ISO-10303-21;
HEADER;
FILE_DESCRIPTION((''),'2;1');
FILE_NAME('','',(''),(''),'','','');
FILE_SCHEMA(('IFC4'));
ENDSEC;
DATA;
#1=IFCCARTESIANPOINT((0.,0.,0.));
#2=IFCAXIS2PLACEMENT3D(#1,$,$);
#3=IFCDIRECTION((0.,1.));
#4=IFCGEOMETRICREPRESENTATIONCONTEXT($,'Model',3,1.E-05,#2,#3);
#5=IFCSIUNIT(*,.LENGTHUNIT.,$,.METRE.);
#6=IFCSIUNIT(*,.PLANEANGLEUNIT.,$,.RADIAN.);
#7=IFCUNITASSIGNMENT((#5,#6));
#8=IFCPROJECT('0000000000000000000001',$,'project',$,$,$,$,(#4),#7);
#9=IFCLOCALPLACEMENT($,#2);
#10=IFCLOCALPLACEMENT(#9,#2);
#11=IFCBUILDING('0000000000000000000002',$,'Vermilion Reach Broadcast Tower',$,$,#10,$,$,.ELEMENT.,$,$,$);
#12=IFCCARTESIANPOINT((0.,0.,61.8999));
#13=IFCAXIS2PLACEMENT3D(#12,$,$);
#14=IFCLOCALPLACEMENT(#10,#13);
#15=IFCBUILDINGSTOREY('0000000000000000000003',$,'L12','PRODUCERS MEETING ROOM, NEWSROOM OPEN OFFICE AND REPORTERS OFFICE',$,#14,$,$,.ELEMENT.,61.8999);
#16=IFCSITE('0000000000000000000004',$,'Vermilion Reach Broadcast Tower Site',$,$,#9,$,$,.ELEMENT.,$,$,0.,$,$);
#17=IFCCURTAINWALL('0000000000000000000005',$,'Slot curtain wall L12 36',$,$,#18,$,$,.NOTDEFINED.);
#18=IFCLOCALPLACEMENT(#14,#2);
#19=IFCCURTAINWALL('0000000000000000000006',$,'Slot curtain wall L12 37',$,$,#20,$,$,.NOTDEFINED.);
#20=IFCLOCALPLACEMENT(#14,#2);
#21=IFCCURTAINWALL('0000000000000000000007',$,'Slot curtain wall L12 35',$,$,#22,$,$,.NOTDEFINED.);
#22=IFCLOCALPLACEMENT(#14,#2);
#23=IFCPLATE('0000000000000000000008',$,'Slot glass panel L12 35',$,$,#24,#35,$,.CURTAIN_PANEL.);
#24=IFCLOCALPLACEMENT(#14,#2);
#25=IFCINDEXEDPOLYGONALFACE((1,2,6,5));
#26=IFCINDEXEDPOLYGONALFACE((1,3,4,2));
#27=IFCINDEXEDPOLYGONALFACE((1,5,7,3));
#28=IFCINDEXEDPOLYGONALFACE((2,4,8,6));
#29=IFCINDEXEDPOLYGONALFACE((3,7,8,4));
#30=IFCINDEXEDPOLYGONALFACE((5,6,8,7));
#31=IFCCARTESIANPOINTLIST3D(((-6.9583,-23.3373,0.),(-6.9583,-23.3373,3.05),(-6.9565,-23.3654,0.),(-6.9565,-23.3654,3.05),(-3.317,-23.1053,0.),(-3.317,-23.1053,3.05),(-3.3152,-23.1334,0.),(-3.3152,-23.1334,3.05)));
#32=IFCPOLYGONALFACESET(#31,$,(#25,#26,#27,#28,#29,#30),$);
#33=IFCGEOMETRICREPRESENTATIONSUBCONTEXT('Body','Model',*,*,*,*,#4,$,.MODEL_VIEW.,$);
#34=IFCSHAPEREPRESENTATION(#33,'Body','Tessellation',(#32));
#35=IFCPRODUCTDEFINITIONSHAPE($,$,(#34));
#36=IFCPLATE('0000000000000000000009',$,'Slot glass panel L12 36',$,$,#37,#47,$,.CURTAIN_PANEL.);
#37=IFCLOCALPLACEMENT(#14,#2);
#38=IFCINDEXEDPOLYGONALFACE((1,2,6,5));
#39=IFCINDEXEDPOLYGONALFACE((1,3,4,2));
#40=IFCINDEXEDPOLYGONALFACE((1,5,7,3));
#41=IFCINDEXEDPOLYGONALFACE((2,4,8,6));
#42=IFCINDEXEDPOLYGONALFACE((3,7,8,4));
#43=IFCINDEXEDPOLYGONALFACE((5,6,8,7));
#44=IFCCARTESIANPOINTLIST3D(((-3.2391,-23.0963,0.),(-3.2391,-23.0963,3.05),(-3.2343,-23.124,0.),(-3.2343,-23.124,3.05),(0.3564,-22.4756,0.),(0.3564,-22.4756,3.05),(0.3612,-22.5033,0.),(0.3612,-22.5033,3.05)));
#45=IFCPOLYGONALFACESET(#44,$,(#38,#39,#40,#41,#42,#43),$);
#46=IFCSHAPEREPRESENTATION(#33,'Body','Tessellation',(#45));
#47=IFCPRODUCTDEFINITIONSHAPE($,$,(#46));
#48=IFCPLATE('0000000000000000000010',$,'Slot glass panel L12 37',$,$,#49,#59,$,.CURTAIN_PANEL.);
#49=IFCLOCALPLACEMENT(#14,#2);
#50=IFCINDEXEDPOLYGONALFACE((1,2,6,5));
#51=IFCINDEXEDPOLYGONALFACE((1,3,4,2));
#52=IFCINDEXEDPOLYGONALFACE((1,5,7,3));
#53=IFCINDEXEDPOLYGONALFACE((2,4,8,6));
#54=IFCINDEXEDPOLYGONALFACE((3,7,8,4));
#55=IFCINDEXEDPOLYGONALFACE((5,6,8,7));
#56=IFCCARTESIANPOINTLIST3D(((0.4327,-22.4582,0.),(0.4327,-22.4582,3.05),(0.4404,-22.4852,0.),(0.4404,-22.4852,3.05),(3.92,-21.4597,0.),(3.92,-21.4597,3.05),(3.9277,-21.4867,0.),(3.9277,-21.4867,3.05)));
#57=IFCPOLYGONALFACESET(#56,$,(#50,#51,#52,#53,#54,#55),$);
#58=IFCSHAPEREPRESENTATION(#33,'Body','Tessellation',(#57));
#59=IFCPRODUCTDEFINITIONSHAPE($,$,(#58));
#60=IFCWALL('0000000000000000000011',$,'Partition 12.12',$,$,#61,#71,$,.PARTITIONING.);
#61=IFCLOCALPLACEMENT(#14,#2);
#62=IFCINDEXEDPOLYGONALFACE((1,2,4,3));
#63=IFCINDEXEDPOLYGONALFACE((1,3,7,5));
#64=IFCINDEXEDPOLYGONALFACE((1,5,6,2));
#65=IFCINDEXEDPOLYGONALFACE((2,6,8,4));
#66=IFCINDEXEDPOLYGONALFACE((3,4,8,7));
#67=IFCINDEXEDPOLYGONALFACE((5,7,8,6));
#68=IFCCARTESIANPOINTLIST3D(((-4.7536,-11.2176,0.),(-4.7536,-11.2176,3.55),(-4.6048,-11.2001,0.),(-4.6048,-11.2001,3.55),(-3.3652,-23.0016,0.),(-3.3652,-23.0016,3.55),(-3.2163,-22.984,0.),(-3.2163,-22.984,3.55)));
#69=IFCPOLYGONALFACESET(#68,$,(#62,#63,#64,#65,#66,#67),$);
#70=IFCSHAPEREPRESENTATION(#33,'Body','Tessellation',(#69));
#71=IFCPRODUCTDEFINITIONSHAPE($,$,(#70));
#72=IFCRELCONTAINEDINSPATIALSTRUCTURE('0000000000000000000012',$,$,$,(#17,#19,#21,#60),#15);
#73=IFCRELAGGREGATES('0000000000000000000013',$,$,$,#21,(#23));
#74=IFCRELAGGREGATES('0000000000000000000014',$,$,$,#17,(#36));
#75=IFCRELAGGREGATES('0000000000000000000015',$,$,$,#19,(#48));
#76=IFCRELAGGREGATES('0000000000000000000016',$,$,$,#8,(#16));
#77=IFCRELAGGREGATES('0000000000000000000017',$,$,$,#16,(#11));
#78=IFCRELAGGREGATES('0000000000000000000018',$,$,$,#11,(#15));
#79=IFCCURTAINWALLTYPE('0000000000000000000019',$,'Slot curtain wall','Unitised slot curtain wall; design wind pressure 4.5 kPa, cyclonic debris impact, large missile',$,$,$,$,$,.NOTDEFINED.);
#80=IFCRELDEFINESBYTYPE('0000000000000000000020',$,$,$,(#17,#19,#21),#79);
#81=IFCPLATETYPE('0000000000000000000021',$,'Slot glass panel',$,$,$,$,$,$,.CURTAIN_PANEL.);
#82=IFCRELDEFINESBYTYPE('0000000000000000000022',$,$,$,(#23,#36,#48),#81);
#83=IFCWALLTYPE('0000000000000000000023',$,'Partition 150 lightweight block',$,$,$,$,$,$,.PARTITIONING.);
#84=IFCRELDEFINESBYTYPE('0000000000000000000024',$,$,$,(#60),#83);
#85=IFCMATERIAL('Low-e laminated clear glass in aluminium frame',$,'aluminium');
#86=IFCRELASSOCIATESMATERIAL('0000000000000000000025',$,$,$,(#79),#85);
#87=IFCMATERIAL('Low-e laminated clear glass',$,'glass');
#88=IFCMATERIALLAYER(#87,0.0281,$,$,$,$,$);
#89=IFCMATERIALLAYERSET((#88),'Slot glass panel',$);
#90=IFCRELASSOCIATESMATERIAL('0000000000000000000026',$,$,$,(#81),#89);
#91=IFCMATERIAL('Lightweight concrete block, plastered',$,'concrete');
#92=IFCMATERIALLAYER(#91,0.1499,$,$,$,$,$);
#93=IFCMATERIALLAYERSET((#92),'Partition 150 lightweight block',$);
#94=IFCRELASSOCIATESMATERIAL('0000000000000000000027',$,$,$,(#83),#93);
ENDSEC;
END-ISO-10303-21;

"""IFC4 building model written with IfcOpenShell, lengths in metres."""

from ifc_helpers import new_model, si_unit, direction, frame, frame_2d, origin, origin_2d, place, context, subcontext, project, spatial, rectangle, extrude, material, layer, layer_set, type_object, element, aggregate, save


model = new_model("IFC4")

# Units and contexts
model_context = context("Model", 3, precision=1e-05, world=origin(), true_north=direction((0.0, 1.0)))
body_context = subcontext(model_context, "Body", "Model", "MODEL_VIEW")
ifc_project = project(units=[si_unit("LENGTHUNIT", "METRE"), si_unit("PLANEANGLEUNIT", "RADIAN")], contexts=[model_context])

# Site, building, storey
site_placement = place(None, origin())
site = spatial("IfcSite", under=ifc_project, at=site_placement, Name="Vermilion Reach Broadcast Tower Site", CompositionType="ELEMENT", RefElevation=0.0)
building_placement = place(site_placement, origin())
building = spatial("IfcBuilding", under=site, at=building_placement, Name="Vermilion Reach Broadcast Tower", CompositionType="ELEMENT")
storey_placement = place(building_placement, frame((0.0, 0.0, 61.8999)))
storey = spatial("IfcBuildingStorey", under=building, at=storey_placement, Name="L12", Description="PRODUCERS MEETING ROOM, NEWSROOM OPEN OFFICE AND REPORTERS OFFICE", CompositionType="ELEMENT", Elevation=61.8999)

# Curtain wall
ifc_material_1 = material(Name="Low-e laminated clear glass in aluminium frame", Category="aluminium")
curtain_wall_type = type_object("IfcCurtainWallType", Name="Slot curtain wall", Description="Unitised slot curtain wall; design wind pressure 4.5 kPa, cyclonic debris impact, large missile", PredefinedType="NOTDEFINED", material=ifc_material_1)
placement = place(storey_placement, origin())
curtain_wall_1 = element("IfcCurtainWall", 1, at=placement, inside=storey, type_object=curtain_wall_type, Name="Slot curtain wall L12 36", PredefinedType="NOTDEFINED")

# Curtain wall
curtain_wall_2 = element("IfcCurtainWall", 2, at=placement, inside=storey, type_object=curtain_wall_type, Name="Slot curtain wall L12 37", PredefinedType="NOTDEFINED")

# Curtain wall, plate
curtain_wall_3 = element("IfcCurtainWall", 3, at=placement, inside=storey, type_object=curtain_wall_type, Name="Slot curtain wall L12 35", PredefinedType="NOTDEFINED")
ifc_material_2 = material(Name="Low-e laminated clear glass", Category="glass")
ifc_layer_1 = layer(ifc_material_2, 0.0281)
ifc_layer_set_1 = layer_set([ifc_layer_1], Name="Slot glass panel")
plate_type = type_object("IfcPlateType", Name="Slot glass panel", PredefinedType="CURTAIN_PANEL", material=ifc_layer_set_1)
plate_1_placement = place(storey_placement, frame((-5.1367, -23.2354, 0.0), z_axis=(0.0, 0.0, 1.0), x_axis=(0.997976, 0.063586, 0.0)))
plate_1 = element("IfcPlate", 4, at=plate_1_placement, type_object=plate_type, Name="Slot glass panel L12 35", PredefinedType="CURTAIN_PANEL", context=body_context, shape_type="SweptSolid", body=[
    extrude(rectangle(XDim=3.6487, YDim=0.0281, at=origin_2d()), origin(), (0.0, 0.0, 1.0), 3.05),
])
aggregate(curtain_wall_3, [plate_1])

# Plates
plate_2_placement = place(storey_placement, frame((-1.439, -22.7998, 0.0), z_axis=(0.0, 0.0, 1.0), x_axis=(0.985425, 0.170112, 0.0)))
plate_2 = element("IfcPlate", 5, at=plate_2_placement, type_object=plate_type, Name="Slot glass panel L12 36", PredefinedType="CURTAIN_PANEL", context=body_context, shape_type="SweptSolid", body=[
    extrude(rectangle(XDim=3.6487, YDim=0.0281, at=origin_2d()), origin(), (0.0, 0.0, 1.0), 3.05),
])
aggregate(curtain_wall_1, [plate_2])
plate_3_placement = place(storey_placement, frame((2.1802, -21.9724, 0.0), z_axis=(0.0, 0.0, 1.0), x_axis=(0.96137, 0.275261, 0.0)))
plate_3 = element("IfcPlate", 6, at=plate_3_placement, type_object=plate_type, Name="Slot glass panel L12 37", PredefinedType="CURTAIN_PANEL", context=body_context, shape_type="SweptSolid", body=[
    extrude(rectangle(XDim=3.6274, YDim=0.0281, at=origin_2d()), origin(), (0.0, 0.0, 1.0), 3.05),
])
aggregate(curtain_wall_2, [plate_3])

# Wall
ifc_material_3 = material(Name="Lightweight concrete block, plastered", Category="concrete")
ifc_layer_2 = layer(ifc_material_3, 0.1499)
ifc_layer_set_2 = layer_set([ifc_layer_2], Name="Partition 150 lightweight block")
wall_type = type_object("IfcWallType", Name="Partition 150 lightweight block", PredefinedType="PARTITIONING", material=ifc_layer_set_2)
wall_placement = place(storey_placement, frame((-3.2908, -22.9927, 0.0), z_axis=(0.0, 0.0, 1.0), x_axis=(-0.117014, 0.99313, 0.0)))
element("IfcWall", 7, at=wall_placement, inside=storey, type_object=wall_type, Name="Partition 12.12", PredefinedType="PARTITIONING", context=body_context, shape_type="SweptSolid", body=[
    extrude(rectangle(XDim=11.8655, YDim=0.1499, at=frame_2d((5.9326, 0.0))), origin(), (0.0, 0.0, 1.0), 3.55),
])

save(model, "model.ifc")
